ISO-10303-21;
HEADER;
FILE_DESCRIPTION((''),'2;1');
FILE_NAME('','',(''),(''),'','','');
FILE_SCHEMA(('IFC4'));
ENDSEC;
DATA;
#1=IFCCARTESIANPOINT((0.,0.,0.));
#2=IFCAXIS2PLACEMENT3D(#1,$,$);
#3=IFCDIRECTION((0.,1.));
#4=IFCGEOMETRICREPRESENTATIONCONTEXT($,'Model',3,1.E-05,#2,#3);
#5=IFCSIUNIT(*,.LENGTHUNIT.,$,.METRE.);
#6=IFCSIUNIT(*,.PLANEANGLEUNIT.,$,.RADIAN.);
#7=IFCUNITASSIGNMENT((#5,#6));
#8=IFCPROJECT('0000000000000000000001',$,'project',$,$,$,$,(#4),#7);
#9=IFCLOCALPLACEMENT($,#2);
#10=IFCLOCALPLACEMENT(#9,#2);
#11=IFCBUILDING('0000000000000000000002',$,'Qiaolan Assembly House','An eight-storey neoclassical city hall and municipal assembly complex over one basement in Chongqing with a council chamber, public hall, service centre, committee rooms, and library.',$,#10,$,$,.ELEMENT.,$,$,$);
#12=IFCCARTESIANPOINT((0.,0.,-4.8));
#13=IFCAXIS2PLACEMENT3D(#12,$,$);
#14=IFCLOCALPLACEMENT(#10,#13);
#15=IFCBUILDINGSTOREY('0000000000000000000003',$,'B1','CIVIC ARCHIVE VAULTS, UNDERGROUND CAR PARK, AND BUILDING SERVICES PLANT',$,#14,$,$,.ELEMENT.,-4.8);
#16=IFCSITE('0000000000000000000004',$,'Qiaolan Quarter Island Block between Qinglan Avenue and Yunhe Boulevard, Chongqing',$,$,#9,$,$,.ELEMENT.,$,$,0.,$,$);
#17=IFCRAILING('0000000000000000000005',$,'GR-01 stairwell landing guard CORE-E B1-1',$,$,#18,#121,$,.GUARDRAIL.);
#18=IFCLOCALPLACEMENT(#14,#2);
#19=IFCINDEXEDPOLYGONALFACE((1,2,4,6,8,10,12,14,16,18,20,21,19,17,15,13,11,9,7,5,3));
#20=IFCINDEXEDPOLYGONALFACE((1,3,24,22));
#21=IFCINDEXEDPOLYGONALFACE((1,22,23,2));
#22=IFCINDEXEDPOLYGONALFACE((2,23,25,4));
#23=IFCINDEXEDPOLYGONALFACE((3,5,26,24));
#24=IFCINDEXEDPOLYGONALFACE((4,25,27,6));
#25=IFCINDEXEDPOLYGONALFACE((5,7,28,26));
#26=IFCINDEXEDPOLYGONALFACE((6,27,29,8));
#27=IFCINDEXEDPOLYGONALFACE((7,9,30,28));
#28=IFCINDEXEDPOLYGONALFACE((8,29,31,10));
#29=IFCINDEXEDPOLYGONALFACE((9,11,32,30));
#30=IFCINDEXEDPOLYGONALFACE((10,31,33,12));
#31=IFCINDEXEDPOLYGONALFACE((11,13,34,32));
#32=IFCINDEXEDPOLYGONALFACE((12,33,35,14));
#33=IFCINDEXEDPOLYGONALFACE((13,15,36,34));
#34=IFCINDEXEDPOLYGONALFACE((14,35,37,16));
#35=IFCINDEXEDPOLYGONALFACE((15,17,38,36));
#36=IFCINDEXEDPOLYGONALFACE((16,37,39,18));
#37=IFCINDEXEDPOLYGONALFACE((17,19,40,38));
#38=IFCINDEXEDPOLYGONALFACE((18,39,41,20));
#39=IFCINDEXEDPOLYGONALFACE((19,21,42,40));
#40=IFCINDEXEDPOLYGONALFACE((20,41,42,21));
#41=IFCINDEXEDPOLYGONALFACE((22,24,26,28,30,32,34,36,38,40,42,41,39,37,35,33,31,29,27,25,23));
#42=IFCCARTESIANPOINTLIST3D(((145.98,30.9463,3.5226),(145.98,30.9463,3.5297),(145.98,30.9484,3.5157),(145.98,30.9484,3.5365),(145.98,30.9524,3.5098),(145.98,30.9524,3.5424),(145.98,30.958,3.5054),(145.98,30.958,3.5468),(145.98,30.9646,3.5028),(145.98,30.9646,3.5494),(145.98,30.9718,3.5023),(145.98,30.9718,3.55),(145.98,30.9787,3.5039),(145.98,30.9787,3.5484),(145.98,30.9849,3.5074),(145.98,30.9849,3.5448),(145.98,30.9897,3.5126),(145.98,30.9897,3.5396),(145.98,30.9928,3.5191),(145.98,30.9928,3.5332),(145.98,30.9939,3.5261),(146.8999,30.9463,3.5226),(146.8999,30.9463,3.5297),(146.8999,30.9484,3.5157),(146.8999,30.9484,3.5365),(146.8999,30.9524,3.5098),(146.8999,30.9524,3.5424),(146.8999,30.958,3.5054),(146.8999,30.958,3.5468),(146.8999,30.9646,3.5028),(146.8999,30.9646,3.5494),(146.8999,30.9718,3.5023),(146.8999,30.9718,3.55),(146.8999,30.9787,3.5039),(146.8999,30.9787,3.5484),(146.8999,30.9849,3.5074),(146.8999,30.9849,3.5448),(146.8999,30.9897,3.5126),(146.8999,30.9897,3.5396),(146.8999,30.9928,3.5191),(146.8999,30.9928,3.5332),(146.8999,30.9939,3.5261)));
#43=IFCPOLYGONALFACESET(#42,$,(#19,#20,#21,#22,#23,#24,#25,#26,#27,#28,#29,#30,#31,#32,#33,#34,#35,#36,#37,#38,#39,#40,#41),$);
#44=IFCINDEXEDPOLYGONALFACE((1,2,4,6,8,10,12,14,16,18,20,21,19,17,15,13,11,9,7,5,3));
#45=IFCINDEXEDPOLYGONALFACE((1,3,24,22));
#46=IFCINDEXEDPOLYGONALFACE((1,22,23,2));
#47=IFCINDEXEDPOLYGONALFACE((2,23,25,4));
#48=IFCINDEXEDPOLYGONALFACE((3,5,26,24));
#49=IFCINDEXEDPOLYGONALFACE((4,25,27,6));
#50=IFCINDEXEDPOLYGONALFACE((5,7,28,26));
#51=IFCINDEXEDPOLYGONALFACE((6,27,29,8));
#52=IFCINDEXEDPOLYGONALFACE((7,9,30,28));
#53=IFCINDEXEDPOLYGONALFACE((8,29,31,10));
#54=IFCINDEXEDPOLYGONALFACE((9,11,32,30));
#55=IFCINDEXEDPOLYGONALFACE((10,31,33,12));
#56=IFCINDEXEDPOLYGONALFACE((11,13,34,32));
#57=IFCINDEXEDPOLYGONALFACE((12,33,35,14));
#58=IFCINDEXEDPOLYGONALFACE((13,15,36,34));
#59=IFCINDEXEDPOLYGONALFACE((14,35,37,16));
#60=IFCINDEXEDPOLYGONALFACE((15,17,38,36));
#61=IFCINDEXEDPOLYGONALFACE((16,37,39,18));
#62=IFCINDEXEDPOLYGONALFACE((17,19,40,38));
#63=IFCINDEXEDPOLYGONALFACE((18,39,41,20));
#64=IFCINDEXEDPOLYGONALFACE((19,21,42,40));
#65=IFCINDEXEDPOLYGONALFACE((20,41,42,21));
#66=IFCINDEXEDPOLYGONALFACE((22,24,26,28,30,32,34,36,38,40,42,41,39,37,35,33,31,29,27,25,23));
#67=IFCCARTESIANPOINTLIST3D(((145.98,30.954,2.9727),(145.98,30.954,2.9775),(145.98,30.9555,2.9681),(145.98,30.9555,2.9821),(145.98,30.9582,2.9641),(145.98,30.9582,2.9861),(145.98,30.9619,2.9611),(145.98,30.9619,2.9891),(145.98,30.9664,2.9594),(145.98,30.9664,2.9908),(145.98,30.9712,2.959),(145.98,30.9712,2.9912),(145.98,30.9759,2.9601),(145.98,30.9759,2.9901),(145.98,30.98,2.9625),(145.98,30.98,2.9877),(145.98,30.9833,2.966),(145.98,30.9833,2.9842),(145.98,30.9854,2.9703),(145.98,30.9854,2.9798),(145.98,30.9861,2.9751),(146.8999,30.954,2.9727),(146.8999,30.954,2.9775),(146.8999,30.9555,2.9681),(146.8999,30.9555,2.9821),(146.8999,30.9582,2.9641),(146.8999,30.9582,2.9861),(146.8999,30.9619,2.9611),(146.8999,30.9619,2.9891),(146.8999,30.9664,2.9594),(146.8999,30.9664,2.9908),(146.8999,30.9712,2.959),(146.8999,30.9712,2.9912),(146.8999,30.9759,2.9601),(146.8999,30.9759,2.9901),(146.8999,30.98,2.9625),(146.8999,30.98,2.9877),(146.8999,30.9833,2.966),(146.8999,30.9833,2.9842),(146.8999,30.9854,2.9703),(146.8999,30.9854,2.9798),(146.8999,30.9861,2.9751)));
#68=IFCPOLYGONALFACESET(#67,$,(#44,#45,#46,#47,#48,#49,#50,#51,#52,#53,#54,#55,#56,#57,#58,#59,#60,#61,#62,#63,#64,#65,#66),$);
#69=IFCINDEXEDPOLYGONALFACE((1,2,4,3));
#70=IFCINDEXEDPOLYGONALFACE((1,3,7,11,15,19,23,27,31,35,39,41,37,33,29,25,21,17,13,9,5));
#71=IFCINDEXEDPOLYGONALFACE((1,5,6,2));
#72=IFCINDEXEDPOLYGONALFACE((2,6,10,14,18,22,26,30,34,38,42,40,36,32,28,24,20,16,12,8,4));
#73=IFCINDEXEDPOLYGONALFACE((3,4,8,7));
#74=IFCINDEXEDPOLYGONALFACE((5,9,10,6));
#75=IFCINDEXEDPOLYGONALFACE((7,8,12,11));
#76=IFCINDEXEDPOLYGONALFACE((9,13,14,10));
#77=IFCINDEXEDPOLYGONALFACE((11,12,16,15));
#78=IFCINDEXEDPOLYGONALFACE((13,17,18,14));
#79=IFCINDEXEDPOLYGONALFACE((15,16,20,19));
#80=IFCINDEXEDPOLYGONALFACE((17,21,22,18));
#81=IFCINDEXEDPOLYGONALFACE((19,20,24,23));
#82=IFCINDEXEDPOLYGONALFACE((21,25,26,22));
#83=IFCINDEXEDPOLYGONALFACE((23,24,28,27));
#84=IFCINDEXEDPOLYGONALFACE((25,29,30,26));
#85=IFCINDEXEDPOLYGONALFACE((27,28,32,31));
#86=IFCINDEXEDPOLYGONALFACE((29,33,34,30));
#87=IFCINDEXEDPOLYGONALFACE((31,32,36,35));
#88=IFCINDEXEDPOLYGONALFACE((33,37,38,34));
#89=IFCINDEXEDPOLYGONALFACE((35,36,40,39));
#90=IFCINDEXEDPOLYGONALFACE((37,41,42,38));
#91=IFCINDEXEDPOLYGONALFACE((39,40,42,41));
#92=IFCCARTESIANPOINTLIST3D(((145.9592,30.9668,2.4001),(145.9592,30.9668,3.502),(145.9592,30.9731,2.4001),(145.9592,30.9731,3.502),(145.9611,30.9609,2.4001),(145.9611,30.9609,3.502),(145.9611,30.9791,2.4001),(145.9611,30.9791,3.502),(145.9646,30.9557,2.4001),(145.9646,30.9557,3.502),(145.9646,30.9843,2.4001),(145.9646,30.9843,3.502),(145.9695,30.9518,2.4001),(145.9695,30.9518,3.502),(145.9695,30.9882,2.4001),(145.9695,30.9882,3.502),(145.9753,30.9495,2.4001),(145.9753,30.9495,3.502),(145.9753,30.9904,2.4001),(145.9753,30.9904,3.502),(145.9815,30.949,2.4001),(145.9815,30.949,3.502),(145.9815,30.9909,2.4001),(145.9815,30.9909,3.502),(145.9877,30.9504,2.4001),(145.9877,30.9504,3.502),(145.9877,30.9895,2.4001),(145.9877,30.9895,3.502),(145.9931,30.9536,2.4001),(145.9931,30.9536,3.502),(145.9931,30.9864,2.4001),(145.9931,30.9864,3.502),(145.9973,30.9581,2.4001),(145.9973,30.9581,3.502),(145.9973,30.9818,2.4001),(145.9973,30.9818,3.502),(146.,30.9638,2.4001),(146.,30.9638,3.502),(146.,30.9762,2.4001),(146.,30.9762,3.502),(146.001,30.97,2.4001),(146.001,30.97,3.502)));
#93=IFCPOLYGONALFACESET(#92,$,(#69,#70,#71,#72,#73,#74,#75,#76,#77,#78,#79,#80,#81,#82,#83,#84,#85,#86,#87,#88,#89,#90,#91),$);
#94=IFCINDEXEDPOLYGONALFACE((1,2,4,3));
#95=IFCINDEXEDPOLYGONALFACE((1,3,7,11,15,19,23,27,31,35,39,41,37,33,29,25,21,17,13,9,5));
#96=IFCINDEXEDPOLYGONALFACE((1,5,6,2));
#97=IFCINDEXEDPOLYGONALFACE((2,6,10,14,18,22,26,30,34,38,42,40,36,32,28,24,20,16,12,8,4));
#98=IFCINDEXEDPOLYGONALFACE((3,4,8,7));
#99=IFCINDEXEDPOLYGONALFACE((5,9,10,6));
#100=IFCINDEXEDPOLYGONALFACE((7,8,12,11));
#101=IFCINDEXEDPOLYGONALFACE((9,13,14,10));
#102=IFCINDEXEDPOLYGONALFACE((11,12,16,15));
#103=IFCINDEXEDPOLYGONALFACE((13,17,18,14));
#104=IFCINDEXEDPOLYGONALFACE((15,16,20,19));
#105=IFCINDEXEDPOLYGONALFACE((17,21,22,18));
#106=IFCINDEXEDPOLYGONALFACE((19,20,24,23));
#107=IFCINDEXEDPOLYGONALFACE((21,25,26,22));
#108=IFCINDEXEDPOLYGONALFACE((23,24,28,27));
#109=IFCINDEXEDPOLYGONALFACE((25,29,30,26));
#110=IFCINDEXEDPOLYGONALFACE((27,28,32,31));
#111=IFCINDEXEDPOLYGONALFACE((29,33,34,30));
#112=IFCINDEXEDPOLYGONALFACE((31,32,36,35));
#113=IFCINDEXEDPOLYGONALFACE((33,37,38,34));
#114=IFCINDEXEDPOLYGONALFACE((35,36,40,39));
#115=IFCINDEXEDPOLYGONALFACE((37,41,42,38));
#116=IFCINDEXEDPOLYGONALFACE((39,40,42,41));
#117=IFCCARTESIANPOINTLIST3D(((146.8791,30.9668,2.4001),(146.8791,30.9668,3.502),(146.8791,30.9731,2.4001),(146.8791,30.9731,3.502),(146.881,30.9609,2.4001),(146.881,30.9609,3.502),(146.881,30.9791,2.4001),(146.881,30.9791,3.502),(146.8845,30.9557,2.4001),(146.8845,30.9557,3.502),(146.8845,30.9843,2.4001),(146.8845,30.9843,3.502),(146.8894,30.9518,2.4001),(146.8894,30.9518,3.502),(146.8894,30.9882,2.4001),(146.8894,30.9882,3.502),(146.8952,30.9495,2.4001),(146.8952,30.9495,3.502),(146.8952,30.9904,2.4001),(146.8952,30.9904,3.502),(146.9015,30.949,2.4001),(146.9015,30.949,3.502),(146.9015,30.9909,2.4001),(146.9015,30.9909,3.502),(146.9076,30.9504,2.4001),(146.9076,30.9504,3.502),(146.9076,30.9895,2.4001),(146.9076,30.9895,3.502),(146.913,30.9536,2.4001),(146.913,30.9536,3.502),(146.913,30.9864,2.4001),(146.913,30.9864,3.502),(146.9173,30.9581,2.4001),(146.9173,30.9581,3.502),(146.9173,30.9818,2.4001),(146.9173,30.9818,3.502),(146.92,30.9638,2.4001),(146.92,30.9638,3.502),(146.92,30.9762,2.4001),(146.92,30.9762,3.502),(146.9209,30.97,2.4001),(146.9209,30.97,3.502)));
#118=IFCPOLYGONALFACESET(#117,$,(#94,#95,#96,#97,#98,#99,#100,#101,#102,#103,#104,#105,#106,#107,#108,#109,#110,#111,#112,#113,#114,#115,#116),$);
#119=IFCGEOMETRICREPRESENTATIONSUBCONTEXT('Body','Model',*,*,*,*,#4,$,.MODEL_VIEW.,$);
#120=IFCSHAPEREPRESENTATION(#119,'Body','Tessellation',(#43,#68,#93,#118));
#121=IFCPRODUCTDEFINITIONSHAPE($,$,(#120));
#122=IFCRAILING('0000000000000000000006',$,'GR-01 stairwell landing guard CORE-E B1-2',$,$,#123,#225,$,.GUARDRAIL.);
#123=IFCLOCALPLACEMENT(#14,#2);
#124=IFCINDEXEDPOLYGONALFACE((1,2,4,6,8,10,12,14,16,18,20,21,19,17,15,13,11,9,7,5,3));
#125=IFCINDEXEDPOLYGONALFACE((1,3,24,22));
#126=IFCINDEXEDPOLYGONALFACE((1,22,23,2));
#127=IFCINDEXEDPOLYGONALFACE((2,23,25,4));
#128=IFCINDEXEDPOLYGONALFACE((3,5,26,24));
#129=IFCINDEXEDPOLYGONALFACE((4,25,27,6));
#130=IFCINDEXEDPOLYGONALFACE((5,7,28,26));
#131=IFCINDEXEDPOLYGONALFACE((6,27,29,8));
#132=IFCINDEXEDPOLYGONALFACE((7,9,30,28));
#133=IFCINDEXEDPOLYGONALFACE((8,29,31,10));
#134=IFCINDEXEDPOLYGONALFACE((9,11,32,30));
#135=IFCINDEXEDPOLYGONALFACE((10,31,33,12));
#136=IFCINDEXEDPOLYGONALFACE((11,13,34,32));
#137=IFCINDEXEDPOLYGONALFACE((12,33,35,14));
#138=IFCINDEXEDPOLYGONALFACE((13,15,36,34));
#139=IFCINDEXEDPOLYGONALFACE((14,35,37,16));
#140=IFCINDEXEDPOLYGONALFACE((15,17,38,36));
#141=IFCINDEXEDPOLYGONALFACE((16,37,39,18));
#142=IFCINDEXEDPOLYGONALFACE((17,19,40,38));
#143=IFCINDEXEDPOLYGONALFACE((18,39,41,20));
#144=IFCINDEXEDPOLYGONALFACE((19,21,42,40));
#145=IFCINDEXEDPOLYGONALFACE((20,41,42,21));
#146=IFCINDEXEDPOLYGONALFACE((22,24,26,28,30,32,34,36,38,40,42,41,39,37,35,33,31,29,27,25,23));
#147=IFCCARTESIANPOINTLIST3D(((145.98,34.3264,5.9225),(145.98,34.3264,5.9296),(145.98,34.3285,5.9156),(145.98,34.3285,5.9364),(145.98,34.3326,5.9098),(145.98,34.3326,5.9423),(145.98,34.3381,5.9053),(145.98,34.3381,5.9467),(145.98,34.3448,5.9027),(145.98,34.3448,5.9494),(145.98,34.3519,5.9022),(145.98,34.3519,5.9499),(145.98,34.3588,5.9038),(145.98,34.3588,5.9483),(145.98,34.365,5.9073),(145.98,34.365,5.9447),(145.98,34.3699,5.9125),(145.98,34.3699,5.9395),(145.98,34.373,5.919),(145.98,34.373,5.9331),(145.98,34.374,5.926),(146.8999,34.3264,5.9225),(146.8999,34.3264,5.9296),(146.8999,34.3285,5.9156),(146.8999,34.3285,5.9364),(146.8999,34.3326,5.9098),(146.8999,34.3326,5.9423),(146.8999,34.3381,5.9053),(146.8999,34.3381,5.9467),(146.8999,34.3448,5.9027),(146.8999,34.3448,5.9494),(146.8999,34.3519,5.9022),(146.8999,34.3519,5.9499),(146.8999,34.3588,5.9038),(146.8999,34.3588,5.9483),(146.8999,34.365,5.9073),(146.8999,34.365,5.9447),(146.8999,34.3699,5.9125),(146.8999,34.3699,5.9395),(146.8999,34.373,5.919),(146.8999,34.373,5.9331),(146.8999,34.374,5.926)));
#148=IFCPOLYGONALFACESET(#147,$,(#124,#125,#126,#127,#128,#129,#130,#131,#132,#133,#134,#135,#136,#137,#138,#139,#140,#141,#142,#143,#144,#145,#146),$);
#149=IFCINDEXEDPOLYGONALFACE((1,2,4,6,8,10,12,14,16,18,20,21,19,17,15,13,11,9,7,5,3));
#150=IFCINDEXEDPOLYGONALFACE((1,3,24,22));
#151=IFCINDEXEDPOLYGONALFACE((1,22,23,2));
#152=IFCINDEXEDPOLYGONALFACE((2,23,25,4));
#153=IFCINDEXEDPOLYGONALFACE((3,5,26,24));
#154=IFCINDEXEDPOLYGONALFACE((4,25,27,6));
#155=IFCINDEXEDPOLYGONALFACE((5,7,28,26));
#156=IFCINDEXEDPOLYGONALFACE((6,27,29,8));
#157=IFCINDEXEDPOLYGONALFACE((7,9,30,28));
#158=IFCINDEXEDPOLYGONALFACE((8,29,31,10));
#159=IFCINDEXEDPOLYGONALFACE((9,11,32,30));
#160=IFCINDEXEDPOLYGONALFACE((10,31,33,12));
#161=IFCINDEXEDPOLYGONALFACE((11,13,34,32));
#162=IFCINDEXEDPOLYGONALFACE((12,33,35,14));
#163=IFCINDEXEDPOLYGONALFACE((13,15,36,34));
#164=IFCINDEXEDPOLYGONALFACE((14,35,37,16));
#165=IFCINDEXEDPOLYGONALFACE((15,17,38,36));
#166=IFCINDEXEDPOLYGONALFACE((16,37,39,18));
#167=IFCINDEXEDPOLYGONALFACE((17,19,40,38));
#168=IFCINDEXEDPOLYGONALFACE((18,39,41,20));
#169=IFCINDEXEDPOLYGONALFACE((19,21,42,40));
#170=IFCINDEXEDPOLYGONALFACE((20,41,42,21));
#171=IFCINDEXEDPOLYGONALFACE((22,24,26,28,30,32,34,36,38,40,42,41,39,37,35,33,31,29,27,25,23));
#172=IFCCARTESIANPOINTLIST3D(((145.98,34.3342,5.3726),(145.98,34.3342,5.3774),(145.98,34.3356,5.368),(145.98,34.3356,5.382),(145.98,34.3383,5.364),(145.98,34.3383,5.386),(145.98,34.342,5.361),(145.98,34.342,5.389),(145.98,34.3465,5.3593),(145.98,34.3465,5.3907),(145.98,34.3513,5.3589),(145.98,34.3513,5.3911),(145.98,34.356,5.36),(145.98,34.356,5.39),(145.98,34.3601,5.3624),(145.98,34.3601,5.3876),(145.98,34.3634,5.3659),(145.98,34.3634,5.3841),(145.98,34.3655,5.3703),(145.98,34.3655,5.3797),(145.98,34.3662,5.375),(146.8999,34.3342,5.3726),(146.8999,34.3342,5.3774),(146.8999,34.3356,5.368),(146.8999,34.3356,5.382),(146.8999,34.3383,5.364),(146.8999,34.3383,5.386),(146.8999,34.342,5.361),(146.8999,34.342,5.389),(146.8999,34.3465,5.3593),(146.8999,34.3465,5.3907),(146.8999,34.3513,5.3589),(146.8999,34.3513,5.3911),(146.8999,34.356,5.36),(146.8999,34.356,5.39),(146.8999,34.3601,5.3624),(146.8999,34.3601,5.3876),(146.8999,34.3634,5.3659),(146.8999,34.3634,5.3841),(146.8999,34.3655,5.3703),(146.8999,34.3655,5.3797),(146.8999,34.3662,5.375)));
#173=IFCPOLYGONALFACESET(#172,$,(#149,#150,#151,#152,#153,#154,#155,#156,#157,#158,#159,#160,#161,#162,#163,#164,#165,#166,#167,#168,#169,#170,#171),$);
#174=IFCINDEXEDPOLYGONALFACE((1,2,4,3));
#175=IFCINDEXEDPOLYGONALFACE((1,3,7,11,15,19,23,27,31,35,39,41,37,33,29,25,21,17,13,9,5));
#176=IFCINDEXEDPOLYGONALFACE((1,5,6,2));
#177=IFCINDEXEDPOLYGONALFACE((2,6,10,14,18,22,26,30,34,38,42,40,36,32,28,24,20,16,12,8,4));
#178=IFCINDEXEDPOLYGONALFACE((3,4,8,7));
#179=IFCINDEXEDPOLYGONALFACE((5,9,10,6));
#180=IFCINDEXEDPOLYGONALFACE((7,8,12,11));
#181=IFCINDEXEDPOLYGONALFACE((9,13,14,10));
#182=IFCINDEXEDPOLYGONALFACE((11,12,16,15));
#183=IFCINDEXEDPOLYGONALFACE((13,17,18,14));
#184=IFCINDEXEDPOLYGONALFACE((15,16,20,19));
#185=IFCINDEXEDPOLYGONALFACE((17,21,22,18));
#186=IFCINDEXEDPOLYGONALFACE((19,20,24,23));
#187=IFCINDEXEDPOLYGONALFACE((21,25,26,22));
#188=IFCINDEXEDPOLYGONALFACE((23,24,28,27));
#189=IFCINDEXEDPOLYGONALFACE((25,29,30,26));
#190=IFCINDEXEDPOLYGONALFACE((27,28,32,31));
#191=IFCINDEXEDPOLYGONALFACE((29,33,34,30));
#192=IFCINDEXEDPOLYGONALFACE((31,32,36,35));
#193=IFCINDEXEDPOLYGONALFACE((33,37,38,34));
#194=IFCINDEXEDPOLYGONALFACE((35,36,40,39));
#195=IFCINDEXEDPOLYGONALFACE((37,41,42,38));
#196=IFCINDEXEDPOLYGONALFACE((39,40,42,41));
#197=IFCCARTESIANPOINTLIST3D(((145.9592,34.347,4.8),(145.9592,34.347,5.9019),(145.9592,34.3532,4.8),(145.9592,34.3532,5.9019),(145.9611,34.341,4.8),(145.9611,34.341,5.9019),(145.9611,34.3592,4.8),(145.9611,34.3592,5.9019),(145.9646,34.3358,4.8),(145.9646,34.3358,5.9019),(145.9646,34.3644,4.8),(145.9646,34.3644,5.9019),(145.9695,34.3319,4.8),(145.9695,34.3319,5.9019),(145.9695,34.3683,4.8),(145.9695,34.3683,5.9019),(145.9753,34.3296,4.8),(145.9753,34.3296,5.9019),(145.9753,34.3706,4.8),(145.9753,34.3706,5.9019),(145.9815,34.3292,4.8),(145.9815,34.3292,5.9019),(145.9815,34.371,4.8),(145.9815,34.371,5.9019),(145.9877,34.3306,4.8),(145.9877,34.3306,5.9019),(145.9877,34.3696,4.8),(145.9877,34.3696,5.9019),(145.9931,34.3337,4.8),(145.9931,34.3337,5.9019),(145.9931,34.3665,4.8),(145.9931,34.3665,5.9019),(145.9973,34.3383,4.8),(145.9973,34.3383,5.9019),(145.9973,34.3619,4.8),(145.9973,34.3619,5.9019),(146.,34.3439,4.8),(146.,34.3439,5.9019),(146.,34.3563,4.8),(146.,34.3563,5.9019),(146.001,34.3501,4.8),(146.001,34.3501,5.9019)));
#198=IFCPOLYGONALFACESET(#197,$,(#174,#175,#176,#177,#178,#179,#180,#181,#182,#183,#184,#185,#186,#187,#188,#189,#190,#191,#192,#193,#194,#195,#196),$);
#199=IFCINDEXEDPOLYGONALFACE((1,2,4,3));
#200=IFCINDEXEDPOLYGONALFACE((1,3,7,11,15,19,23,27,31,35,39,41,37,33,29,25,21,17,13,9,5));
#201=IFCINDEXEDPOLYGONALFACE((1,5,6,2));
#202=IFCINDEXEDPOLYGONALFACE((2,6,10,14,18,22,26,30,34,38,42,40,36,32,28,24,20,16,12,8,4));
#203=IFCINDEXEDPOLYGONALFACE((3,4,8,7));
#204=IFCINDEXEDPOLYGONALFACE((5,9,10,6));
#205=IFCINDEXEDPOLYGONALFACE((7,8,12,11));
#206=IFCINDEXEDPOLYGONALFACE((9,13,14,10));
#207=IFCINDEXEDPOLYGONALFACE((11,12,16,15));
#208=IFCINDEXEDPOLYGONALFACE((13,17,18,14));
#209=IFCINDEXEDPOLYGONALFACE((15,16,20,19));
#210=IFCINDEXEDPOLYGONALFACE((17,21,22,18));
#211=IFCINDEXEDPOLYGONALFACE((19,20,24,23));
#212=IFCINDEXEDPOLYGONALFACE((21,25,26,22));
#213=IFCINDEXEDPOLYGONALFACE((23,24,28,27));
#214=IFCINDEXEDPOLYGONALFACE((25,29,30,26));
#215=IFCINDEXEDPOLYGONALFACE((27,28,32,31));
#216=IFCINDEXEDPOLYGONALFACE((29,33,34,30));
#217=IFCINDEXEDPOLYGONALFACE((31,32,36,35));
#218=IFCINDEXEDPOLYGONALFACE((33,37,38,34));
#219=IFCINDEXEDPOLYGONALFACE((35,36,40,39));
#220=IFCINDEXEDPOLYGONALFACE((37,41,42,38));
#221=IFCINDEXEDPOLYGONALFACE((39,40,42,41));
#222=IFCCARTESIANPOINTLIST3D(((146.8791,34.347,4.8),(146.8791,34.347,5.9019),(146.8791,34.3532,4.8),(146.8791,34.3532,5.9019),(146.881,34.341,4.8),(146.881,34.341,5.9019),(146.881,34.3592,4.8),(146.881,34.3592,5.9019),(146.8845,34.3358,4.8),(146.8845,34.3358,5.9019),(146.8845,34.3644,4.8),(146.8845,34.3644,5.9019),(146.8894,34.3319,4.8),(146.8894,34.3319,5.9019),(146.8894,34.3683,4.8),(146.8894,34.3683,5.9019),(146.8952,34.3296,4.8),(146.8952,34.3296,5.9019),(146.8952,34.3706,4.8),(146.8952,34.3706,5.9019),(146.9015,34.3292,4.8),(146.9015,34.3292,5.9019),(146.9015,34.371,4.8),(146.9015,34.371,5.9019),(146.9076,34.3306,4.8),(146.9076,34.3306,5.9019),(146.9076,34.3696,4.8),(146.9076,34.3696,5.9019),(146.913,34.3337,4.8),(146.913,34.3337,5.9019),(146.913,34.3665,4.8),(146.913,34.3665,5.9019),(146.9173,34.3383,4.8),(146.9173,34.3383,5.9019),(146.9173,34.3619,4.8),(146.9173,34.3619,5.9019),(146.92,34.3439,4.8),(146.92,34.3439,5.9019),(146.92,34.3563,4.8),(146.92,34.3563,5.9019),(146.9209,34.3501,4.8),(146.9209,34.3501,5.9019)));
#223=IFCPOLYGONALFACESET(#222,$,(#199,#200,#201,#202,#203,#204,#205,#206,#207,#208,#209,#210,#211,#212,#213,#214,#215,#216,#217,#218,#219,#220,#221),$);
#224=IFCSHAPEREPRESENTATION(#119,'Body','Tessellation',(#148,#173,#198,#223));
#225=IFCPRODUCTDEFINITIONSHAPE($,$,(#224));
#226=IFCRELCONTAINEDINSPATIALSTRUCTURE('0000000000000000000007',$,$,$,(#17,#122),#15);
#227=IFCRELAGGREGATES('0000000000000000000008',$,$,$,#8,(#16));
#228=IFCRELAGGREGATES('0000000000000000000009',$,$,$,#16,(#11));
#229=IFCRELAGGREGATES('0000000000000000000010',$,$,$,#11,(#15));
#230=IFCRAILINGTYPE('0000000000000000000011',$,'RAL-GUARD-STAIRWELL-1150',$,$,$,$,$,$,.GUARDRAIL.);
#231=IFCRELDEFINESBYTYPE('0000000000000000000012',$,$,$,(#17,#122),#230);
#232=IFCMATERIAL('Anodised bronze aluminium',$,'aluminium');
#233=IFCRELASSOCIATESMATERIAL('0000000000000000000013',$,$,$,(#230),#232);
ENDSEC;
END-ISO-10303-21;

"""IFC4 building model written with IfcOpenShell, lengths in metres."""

from ifc_helpers import new_model, si_unit, direction, frame, origin, origin_2d, place, context, subcontext, project, spatial, circle, extrude, material, type_object, element, save


model = new_model("IFC4")

# Units and contexts
model_context = context("Model", 3, precision=1e-05, world=origin(), true_north=direction((0.0, 1.0)))
body_context = subcontext(model_context, "Body", "Model", "MODEL_VIEW")
ifc_project = project(units=[si_unit("LENGTHUNIT", "METRE"), si_unit("PLANEANGLEUNIT", "RADIAN")], contexts=[model_context])

# Site, building, storey
site_placement = place(None, origin())
site = spatial("IfcSite", under=ifc_project, at=site_placement, Name="Qiaolan Quarter Island Block between Qinglan Avenue and Yunhe Boulevard, Chongqing", CompositionType="ELEMENT", RefElevation=0.0)
building_placement = place(site_placement, origin())
building = spatial("IfcBuilding", under=site, at=building_placement, Name="Qiaolan Assembly House", Description="An eight-storey neoclassical city hall and municipal assembly complex over one basement in Chongqing with a council chamber, public hall, service centre, committee rooms, and library.", CompositionType="ELEMENT")
storey_placement = place(building_placement, frame((0.0, 0.0, -4.8)))
storey = spatial("IfcBuildingStorey", under=building, at=storey_placement, Name="B1", Description="CIVIC ARCHIVE VAULTS, UNDERGROUND CAR PARK, AND BUILDING SERVICES PLANT", CompositionType="ELEMENT", Elevation=-4.8)

# Railings
ifc_material_1 = material(Name="Anodised bronze aluminium", Category="aluminium")
railing_type_1 = type_object("IfcRailingType", Name="RAL-GUARD-STAIRWELL-1150", PredefinedType="GUARDRAIL", material=ifc_material_1)
for number, where, name in (
    (1, (145.98, 30.97, 2.4001), "GR-01 stairwell landing guard CORE-E B1-1"),
    (2, (145.98, 34.3501, 4.8), "GR-01 stairwell landing guard CORE-E B1-2"),
):
    element("IfcRailing", number, at=place(storey_placement, frame(where)), inside=storey, type_object=railing_type_1, Name=name, PredefinedType="GUARDRAIL", context=body_context, shape_type="SweptSolid", body=[
        extrude(circle(Radius=0.0239, at=origin_2d()), frame((0.0, 0.0, 1.126), z_axis=(1.0, 0.0, 0.0), x_axis=(0.0, 1.0, 0.0)), (0.0, 0.0, 1.0), 0.9199),
        extrude(circle(Radius=0.0161, at=origin_2d()), frame((0.0, 0.0, 0.575), z_axis=(1.0, 0.0, 0.0), x_axis=(0.0, 1.0, 0.0)), (0.0, 0.0, 1.0), 0.9199),
        extrude(circle(Radius=0.021, at=origin_2d()), origin(), (0.0, 0.0, 1.0), 1.1018),
        extrude(circle(Radius=0.021, at=origin_2d()), frame((0.9199, 0.0, 0.0)), (0.0, 0.0, 1.0), 1.1018),
    ])

save(model, "model.ifc")
